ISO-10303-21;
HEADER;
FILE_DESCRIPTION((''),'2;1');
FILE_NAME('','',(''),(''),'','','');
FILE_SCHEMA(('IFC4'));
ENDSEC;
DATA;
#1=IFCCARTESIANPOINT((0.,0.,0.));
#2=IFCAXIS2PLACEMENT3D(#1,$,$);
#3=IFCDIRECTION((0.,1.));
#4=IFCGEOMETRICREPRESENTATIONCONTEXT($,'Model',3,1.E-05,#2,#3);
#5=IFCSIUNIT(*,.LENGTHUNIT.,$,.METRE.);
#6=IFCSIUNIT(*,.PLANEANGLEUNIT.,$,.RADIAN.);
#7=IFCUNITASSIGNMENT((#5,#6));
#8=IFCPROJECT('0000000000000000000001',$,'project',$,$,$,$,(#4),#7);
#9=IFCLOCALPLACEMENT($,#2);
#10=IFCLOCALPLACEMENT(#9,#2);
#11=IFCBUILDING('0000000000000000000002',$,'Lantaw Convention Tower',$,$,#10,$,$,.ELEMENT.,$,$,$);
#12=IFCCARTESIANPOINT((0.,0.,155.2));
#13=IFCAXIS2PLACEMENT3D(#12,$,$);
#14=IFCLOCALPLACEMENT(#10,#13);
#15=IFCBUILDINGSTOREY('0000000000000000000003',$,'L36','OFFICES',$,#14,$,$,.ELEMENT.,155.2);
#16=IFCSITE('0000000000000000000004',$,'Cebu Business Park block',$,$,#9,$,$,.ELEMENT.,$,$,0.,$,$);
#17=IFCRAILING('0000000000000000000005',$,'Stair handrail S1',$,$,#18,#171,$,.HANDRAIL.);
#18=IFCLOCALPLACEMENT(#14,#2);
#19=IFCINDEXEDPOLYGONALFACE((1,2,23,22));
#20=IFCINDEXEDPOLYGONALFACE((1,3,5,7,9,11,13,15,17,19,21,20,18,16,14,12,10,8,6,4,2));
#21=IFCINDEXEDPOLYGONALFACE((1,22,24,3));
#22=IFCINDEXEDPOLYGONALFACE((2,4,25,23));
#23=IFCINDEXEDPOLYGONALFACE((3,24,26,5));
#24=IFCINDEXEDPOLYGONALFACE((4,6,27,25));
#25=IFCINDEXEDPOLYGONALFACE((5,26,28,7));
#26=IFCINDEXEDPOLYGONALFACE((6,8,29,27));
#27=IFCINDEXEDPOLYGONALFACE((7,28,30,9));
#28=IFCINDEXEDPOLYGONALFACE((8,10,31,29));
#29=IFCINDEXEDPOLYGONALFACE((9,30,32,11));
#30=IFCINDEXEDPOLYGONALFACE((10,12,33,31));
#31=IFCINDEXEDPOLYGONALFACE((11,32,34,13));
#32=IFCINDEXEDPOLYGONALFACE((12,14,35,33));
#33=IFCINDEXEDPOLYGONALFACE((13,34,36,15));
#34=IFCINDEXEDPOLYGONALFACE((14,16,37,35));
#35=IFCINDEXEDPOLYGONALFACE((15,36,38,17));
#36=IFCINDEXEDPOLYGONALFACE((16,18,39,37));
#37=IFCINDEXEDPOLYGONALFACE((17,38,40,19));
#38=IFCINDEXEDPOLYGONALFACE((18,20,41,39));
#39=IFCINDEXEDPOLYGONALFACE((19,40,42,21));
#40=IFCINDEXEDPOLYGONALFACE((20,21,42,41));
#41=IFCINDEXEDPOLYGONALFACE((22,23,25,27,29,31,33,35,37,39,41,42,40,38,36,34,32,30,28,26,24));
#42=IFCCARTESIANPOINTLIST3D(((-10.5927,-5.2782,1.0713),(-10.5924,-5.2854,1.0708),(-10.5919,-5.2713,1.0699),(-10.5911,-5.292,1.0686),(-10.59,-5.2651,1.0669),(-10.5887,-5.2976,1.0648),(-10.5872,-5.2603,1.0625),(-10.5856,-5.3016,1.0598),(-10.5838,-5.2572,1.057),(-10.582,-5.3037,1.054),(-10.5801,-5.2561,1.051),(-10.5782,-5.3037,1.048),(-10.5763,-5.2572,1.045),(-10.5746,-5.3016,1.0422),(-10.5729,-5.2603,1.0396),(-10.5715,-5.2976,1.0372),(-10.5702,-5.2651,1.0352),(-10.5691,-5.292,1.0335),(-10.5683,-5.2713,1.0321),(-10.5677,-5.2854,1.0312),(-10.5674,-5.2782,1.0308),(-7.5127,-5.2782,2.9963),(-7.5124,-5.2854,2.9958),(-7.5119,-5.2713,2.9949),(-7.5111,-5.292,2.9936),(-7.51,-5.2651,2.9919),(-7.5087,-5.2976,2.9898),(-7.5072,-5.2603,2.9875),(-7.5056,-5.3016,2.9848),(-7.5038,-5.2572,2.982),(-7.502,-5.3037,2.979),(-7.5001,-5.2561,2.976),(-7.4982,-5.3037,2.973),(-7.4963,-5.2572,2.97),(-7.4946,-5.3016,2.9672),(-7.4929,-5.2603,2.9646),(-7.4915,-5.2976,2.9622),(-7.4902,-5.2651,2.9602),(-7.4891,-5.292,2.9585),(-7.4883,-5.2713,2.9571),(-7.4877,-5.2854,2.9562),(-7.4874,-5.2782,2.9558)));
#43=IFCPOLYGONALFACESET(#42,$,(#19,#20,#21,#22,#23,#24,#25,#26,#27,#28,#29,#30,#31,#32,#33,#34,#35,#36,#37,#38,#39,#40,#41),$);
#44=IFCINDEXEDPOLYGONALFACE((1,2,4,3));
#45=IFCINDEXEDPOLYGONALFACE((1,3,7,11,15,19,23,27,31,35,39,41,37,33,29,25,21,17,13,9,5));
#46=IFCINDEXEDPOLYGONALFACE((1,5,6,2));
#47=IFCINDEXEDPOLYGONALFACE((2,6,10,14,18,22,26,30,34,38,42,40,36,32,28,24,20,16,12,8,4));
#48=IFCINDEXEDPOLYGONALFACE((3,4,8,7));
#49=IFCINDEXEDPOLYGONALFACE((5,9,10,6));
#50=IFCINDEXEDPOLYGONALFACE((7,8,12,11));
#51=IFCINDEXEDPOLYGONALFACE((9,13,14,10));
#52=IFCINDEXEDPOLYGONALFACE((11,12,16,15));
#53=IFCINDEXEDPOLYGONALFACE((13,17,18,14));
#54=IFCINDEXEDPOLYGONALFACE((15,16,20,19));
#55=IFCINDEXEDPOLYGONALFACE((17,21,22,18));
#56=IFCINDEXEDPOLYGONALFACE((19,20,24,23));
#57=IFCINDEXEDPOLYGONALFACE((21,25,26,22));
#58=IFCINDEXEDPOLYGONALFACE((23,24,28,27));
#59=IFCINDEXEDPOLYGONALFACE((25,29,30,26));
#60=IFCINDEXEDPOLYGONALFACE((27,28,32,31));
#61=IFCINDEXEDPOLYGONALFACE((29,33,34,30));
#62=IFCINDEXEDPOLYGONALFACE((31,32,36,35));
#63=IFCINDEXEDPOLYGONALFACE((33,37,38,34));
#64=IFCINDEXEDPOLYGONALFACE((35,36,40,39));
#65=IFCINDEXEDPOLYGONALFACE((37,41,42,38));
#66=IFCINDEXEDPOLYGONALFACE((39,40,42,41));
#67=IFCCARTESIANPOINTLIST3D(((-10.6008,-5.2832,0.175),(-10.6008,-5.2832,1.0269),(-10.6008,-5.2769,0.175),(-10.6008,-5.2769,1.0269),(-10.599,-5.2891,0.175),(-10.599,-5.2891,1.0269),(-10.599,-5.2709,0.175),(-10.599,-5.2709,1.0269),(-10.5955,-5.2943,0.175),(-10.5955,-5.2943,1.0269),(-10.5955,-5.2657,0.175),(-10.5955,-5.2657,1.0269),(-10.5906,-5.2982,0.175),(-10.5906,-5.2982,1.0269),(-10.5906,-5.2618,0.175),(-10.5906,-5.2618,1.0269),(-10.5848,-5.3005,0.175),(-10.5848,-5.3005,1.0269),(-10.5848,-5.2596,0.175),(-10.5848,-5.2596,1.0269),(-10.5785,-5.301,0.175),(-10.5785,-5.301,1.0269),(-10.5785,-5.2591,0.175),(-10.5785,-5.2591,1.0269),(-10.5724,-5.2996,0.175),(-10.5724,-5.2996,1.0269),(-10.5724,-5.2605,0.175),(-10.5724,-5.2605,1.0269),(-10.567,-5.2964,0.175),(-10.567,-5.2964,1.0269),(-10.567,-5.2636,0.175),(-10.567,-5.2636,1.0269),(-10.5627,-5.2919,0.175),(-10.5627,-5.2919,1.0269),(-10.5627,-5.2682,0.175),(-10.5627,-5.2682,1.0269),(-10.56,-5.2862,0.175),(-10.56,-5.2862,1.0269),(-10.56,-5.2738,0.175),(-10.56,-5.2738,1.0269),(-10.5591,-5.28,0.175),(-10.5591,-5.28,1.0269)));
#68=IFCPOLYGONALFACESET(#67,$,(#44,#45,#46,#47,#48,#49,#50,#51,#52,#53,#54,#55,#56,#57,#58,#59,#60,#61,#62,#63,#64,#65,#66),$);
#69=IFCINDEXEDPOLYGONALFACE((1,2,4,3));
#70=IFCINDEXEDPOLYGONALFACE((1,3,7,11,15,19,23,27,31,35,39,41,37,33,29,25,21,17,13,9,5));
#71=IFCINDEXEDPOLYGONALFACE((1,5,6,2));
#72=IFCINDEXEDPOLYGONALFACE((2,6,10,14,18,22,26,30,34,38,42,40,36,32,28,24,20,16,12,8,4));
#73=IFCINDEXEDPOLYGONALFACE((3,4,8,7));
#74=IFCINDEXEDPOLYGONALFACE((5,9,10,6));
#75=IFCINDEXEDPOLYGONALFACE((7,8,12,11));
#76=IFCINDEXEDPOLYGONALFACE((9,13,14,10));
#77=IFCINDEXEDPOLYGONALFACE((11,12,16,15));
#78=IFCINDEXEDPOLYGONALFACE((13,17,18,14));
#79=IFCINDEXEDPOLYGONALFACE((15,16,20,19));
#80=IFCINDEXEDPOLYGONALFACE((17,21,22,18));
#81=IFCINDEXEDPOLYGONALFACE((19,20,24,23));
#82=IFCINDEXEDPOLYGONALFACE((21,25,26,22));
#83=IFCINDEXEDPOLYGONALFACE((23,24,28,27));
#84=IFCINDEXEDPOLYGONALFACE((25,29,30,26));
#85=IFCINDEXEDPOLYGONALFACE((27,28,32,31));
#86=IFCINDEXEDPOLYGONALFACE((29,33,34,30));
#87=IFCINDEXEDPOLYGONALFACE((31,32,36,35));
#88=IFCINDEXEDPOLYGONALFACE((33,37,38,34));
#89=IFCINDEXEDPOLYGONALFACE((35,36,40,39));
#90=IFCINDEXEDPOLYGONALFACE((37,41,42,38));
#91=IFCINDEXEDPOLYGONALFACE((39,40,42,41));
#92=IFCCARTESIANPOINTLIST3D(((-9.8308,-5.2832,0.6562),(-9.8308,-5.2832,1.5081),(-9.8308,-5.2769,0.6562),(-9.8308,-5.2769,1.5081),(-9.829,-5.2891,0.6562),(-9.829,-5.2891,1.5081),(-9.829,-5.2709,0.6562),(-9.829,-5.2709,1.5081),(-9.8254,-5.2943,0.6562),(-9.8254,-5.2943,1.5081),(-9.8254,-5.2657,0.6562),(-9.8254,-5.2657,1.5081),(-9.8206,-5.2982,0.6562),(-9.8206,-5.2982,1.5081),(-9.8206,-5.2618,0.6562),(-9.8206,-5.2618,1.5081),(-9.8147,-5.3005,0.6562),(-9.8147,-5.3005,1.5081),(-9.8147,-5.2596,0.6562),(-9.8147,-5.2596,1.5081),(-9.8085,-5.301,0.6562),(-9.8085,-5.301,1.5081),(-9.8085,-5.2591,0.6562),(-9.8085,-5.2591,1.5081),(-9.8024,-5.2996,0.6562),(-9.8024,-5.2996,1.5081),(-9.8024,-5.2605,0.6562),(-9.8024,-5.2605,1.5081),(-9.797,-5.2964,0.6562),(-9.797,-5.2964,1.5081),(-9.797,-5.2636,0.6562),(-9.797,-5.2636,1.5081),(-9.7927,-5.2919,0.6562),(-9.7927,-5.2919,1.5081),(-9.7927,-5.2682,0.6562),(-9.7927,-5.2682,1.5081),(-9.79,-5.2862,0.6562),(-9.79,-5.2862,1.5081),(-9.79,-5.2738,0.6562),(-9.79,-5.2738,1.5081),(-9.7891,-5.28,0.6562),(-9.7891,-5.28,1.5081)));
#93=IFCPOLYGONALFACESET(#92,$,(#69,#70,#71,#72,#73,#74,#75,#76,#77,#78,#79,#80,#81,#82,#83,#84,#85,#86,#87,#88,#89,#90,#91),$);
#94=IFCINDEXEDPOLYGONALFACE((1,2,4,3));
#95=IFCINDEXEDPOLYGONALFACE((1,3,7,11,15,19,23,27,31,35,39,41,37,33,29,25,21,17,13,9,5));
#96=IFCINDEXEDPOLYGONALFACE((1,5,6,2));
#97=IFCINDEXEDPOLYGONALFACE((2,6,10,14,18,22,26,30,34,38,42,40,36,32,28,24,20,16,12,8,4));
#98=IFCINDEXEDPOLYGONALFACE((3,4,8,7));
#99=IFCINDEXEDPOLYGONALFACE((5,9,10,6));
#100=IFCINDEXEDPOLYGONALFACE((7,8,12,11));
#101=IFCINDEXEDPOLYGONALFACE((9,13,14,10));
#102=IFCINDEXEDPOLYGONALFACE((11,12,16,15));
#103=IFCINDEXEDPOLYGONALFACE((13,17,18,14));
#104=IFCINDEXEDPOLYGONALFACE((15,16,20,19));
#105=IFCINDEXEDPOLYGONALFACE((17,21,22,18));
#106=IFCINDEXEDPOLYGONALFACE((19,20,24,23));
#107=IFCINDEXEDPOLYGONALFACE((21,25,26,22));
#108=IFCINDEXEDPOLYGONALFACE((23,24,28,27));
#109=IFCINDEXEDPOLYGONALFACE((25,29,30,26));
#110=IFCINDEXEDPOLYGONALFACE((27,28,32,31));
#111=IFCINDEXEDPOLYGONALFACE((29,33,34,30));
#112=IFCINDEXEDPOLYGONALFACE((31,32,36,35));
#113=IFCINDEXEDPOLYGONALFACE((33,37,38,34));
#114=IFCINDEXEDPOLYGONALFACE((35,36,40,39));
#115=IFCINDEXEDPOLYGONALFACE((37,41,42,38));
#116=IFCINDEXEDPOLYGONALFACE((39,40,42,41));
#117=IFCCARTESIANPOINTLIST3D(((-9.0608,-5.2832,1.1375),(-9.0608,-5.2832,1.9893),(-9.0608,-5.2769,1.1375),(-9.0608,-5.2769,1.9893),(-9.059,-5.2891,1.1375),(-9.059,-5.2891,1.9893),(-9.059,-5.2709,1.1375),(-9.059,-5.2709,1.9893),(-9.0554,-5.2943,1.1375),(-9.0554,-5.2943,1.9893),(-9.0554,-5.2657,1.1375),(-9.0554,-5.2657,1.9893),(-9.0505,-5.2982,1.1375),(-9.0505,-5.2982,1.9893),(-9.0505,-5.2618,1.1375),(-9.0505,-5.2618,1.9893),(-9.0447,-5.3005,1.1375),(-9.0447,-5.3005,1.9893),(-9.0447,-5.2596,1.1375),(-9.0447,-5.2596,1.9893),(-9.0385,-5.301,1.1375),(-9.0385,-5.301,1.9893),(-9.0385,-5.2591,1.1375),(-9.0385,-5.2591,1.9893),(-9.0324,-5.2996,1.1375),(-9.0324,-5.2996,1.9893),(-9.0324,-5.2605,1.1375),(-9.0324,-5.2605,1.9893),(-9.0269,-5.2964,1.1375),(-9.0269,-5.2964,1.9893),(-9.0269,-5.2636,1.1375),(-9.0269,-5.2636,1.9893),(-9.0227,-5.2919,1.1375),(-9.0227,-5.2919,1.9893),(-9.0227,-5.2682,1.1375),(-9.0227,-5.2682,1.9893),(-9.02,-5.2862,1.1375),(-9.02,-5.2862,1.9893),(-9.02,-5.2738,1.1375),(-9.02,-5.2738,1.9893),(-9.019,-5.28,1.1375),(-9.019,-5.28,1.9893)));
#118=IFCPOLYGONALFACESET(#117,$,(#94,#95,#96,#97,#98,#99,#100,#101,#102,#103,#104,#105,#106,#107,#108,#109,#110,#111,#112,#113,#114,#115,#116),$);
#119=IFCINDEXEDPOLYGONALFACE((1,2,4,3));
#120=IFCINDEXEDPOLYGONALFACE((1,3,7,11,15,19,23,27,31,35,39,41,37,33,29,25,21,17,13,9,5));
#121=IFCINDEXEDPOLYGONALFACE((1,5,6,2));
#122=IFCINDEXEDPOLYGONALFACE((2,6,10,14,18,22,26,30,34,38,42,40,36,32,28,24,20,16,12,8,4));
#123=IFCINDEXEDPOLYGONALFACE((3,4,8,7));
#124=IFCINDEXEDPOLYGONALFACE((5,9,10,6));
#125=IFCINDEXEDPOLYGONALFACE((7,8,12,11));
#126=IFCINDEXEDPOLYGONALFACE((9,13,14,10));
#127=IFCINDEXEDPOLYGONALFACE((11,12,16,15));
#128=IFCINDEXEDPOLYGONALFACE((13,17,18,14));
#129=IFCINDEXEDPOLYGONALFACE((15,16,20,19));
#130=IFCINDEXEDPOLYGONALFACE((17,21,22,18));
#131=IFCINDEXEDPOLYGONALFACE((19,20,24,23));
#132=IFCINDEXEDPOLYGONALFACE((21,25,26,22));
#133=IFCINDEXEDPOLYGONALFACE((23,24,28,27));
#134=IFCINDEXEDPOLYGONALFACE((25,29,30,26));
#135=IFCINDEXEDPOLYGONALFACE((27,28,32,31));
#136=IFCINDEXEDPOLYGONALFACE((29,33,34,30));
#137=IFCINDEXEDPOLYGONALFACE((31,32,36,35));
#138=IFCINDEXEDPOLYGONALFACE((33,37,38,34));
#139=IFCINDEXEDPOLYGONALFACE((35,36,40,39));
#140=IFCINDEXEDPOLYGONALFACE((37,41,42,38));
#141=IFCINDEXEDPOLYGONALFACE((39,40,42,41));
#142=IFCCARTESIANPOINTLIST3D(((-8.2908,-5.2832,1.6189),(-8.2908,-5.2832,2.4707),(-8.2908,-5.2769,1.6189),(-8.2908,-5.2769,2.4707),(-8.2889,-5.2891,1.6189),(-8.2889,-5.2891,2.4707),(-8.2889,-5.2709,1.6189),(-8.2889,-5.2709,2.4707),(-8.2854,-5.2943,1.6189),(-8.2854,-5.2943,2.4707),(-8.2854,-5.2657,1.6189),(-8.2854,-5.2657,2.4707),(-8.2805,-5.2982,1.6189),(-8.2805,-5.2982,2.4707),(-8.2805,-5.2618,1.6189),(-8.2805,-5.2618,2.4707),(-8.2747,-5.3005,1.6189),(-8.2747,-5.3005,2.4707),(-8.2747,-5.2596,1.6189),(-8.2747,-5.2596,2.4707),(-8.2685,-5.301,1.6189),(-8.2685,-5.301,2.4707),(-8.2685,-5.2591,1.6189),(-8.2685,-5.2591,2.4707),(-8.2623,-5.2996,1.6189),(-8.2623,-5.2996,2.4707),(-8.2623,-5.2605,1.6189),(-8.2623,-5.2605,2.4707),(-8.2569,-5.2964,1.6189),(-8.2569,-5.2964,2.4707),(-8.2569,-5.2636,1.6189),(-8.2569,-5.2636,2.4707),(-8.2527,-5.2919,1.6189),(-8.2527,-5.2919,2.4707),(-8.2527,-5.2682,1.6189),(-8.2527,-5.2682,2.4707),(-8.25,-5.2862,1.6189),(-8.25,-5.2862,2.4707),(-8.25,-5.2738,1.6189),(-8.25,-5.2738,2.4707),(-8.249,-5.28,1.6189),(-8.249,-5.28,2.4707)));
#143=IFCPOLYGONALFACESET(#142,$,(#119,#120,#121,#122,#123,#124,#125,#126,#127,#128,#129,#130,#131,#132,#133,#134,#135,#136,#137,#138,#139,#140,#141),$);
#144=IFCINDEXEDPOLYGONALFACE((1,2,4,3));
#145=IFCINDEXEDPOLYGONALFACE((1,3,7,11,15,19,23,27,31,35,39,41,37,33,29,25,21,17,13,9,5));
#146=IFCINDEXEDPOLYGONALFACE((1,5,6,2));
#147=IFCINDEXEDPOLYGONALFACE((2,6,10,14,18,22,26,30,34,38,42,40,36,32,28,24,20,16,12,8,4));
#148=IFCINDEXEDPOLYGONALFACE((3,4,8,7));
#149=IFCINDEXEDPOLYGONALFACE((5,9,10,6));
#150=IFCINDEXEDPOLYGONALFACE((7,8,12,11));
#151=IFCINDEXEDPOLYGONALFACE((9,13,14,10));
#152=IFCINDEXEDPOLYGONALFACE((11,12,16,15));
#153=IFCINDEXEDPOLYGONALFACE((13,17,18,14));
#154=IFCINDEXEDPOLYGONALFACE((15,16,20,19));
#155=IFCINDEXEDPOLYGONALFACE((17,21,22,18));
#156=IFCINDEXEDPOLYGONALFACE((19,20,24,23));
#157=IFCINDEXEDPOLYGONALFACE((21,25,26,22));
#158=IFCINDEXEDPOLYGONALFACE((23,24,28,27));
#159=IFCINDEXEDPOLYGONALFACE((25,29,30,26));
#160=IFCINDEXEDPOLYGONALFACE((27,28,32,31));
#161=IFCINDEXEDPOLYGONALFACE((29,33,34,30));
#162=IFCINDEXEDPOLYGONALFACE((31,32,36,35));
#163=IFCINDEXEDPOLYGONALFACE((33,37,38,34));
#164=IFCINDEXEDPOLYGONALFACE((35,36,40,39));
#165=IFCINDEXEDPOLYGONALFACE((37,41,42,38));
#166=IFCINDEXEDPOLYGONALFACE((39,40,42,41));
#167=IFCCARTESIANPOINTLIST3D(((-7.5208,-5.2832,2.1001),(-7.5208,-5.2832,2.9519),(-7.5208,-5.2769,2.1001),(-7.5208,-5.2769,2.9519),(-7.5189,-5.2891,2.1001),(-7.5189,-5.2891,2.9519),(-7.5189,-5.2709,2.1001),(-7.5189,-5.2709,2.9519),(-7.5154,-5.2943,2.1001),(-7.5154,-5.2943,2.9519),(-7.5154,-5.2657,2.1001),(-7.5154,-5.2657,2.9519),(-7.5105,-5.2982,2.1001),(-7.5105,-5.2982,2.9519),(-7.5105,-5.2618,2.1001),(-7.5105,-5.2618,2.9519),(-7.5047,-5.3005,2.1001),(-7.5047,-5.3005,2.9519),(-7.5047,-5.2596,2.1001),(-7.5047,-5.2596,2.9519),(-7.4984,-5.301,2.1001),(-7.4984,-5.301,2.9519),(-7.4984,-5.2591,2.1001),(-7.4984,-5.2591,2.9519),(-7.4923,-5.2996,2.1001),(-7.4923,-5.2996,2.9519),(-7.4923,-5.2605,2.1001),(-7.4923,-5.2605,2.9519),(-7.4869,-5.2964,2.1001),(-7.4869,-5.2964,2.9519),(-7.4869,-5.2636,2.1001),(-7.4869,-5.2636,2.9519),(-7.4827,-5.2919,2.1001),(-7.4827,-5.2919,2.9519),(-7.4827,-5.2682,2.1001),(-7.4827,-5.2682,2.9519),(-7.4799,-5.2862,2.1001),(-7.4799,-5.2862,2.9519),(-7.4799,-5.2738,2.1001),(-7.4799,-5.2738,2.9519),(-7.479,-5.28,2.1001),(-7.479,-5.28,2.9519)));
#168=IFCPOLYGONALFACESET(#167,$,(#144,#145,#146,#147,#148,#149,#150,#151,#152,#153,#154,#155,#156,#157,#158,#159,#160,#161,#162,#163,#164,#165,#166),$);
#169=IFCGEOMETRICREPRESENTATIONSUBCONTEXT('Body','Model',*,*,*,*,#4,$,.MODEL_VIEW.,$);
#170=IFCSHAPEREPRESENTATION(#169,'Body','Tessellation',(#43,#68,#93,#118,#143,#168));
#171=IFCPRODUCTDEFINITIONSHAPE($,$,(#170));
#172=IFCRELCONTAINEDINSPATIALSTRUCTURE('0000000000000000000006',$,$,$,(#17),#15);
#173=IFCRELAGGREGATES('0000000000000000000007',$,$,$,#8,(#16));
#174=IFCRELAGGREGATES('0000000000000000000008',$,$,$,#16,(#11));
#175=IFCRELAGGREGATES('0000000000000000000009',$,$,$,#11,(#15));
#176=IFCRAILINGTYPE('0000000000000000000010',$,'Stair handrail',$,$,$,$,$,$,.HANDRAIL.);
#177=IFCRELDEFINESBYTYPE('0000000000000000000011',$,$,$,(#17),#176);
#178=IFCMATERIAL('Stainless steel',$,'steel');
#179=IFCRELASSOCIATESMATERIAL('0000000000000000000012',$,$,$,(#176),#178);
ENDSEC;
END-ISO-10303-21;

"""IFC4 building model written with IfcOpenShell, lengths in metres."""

from ifc_helpers import new_model, si_unit, direction, frame, origin, origin_2d, place, context, subcontext, project, spatial, circle, extrude, material, type_object, element, save


model = new_model("IFC4")

# Units and contexts
model_context = context("Model", 3, precision=1e-05, world=origin(), true_north=direction((0.0, 1.0)))
body_context = subcontext(model_context, "Body", "Model", "MODEL_VIEW")
ifc_project = project(units=[si_unit("LENGTHUNIT", "METRE"), si_unit("PLANEANGLEUNIT", "RADIAN")], contexts=[model_context])

# Site, building, storey
site_placement = place(None, origin())
site = spatial("IfcSite", under=ifc_project, at=site_placement, Name="Cebu Business Park block", CompositionType="ELEMENT", RefElevation=0.0)
building_placement = place(site_placement, origin())
building = spatial("IfcBuilding", under=site, at=building_placement, Name="Lantaw Convention Tower", CompositionType="ELEMENT")
storey_placement = place(building_placement, frame((0.0, 0.0, 155.2)))
storey = spatial("IfcBuildingStorey", under=building, at=storey_placement, Name="L36", Description="OFFICES", CompositionType="ELEMENT", Elevation=155.2)

# Railing
ifc_material_1 = material(Name="Stainless steel", Category="steel")
railing_type = type_object("IfcRailingType", Name="Stair handrail", PredefinedType="HANDRAIL", material=ifc_material_1)
railing_1_placement = place(storey_placement, frame((-10.5801, -5.28, 0.175)))
element("IfcRailing", 1, at=railing_1_placement, inside=storey, type_object=railing_type, Name="Stair handrail S1", PredefinedType="HANDRAIL", context=body_context, shape_type="SweptSolid", body=[
    extrude(circle(Radius=0.0239, at=origin_2d()), frame((0.0, 0.0, 0.876), z_axis=(0.847998, 0.0, 0.529999), x_axis=(0.0, 1.0, 0.0)), (0.0, 0.0, 1.0), 3.6321),
    extrude(circle(Radius=0.021, at=origin_2d()), origin(), (0.0, 0.0, 1.0), 0.8518),
    extrude(circle(Radius=0.021, at=origin_2d()), frame((0.77, 0.0, 0.4812)), (0.0, 0.0, 1.0), 0.8518),
    extrude(circle(Radius=0.021, at=origin_2d()), frame((1.54, 0.0, 0.9624)), (0.0, 0.0, 1.0), 0.8518),
    extrude(circle(Radius=0.021, at=origin_2d()), frame((2.3101, 0.0, 1.4438)), (0.0, 0.0, 1.0), 0.8518),
    extrude(circle(Radius=0.021, at=origin_2d()), frame((3.0801, 0.0, 1.925)), (0.0, 0.0, 1.0), 0.8518),
])

save(model, "model.ifc")
